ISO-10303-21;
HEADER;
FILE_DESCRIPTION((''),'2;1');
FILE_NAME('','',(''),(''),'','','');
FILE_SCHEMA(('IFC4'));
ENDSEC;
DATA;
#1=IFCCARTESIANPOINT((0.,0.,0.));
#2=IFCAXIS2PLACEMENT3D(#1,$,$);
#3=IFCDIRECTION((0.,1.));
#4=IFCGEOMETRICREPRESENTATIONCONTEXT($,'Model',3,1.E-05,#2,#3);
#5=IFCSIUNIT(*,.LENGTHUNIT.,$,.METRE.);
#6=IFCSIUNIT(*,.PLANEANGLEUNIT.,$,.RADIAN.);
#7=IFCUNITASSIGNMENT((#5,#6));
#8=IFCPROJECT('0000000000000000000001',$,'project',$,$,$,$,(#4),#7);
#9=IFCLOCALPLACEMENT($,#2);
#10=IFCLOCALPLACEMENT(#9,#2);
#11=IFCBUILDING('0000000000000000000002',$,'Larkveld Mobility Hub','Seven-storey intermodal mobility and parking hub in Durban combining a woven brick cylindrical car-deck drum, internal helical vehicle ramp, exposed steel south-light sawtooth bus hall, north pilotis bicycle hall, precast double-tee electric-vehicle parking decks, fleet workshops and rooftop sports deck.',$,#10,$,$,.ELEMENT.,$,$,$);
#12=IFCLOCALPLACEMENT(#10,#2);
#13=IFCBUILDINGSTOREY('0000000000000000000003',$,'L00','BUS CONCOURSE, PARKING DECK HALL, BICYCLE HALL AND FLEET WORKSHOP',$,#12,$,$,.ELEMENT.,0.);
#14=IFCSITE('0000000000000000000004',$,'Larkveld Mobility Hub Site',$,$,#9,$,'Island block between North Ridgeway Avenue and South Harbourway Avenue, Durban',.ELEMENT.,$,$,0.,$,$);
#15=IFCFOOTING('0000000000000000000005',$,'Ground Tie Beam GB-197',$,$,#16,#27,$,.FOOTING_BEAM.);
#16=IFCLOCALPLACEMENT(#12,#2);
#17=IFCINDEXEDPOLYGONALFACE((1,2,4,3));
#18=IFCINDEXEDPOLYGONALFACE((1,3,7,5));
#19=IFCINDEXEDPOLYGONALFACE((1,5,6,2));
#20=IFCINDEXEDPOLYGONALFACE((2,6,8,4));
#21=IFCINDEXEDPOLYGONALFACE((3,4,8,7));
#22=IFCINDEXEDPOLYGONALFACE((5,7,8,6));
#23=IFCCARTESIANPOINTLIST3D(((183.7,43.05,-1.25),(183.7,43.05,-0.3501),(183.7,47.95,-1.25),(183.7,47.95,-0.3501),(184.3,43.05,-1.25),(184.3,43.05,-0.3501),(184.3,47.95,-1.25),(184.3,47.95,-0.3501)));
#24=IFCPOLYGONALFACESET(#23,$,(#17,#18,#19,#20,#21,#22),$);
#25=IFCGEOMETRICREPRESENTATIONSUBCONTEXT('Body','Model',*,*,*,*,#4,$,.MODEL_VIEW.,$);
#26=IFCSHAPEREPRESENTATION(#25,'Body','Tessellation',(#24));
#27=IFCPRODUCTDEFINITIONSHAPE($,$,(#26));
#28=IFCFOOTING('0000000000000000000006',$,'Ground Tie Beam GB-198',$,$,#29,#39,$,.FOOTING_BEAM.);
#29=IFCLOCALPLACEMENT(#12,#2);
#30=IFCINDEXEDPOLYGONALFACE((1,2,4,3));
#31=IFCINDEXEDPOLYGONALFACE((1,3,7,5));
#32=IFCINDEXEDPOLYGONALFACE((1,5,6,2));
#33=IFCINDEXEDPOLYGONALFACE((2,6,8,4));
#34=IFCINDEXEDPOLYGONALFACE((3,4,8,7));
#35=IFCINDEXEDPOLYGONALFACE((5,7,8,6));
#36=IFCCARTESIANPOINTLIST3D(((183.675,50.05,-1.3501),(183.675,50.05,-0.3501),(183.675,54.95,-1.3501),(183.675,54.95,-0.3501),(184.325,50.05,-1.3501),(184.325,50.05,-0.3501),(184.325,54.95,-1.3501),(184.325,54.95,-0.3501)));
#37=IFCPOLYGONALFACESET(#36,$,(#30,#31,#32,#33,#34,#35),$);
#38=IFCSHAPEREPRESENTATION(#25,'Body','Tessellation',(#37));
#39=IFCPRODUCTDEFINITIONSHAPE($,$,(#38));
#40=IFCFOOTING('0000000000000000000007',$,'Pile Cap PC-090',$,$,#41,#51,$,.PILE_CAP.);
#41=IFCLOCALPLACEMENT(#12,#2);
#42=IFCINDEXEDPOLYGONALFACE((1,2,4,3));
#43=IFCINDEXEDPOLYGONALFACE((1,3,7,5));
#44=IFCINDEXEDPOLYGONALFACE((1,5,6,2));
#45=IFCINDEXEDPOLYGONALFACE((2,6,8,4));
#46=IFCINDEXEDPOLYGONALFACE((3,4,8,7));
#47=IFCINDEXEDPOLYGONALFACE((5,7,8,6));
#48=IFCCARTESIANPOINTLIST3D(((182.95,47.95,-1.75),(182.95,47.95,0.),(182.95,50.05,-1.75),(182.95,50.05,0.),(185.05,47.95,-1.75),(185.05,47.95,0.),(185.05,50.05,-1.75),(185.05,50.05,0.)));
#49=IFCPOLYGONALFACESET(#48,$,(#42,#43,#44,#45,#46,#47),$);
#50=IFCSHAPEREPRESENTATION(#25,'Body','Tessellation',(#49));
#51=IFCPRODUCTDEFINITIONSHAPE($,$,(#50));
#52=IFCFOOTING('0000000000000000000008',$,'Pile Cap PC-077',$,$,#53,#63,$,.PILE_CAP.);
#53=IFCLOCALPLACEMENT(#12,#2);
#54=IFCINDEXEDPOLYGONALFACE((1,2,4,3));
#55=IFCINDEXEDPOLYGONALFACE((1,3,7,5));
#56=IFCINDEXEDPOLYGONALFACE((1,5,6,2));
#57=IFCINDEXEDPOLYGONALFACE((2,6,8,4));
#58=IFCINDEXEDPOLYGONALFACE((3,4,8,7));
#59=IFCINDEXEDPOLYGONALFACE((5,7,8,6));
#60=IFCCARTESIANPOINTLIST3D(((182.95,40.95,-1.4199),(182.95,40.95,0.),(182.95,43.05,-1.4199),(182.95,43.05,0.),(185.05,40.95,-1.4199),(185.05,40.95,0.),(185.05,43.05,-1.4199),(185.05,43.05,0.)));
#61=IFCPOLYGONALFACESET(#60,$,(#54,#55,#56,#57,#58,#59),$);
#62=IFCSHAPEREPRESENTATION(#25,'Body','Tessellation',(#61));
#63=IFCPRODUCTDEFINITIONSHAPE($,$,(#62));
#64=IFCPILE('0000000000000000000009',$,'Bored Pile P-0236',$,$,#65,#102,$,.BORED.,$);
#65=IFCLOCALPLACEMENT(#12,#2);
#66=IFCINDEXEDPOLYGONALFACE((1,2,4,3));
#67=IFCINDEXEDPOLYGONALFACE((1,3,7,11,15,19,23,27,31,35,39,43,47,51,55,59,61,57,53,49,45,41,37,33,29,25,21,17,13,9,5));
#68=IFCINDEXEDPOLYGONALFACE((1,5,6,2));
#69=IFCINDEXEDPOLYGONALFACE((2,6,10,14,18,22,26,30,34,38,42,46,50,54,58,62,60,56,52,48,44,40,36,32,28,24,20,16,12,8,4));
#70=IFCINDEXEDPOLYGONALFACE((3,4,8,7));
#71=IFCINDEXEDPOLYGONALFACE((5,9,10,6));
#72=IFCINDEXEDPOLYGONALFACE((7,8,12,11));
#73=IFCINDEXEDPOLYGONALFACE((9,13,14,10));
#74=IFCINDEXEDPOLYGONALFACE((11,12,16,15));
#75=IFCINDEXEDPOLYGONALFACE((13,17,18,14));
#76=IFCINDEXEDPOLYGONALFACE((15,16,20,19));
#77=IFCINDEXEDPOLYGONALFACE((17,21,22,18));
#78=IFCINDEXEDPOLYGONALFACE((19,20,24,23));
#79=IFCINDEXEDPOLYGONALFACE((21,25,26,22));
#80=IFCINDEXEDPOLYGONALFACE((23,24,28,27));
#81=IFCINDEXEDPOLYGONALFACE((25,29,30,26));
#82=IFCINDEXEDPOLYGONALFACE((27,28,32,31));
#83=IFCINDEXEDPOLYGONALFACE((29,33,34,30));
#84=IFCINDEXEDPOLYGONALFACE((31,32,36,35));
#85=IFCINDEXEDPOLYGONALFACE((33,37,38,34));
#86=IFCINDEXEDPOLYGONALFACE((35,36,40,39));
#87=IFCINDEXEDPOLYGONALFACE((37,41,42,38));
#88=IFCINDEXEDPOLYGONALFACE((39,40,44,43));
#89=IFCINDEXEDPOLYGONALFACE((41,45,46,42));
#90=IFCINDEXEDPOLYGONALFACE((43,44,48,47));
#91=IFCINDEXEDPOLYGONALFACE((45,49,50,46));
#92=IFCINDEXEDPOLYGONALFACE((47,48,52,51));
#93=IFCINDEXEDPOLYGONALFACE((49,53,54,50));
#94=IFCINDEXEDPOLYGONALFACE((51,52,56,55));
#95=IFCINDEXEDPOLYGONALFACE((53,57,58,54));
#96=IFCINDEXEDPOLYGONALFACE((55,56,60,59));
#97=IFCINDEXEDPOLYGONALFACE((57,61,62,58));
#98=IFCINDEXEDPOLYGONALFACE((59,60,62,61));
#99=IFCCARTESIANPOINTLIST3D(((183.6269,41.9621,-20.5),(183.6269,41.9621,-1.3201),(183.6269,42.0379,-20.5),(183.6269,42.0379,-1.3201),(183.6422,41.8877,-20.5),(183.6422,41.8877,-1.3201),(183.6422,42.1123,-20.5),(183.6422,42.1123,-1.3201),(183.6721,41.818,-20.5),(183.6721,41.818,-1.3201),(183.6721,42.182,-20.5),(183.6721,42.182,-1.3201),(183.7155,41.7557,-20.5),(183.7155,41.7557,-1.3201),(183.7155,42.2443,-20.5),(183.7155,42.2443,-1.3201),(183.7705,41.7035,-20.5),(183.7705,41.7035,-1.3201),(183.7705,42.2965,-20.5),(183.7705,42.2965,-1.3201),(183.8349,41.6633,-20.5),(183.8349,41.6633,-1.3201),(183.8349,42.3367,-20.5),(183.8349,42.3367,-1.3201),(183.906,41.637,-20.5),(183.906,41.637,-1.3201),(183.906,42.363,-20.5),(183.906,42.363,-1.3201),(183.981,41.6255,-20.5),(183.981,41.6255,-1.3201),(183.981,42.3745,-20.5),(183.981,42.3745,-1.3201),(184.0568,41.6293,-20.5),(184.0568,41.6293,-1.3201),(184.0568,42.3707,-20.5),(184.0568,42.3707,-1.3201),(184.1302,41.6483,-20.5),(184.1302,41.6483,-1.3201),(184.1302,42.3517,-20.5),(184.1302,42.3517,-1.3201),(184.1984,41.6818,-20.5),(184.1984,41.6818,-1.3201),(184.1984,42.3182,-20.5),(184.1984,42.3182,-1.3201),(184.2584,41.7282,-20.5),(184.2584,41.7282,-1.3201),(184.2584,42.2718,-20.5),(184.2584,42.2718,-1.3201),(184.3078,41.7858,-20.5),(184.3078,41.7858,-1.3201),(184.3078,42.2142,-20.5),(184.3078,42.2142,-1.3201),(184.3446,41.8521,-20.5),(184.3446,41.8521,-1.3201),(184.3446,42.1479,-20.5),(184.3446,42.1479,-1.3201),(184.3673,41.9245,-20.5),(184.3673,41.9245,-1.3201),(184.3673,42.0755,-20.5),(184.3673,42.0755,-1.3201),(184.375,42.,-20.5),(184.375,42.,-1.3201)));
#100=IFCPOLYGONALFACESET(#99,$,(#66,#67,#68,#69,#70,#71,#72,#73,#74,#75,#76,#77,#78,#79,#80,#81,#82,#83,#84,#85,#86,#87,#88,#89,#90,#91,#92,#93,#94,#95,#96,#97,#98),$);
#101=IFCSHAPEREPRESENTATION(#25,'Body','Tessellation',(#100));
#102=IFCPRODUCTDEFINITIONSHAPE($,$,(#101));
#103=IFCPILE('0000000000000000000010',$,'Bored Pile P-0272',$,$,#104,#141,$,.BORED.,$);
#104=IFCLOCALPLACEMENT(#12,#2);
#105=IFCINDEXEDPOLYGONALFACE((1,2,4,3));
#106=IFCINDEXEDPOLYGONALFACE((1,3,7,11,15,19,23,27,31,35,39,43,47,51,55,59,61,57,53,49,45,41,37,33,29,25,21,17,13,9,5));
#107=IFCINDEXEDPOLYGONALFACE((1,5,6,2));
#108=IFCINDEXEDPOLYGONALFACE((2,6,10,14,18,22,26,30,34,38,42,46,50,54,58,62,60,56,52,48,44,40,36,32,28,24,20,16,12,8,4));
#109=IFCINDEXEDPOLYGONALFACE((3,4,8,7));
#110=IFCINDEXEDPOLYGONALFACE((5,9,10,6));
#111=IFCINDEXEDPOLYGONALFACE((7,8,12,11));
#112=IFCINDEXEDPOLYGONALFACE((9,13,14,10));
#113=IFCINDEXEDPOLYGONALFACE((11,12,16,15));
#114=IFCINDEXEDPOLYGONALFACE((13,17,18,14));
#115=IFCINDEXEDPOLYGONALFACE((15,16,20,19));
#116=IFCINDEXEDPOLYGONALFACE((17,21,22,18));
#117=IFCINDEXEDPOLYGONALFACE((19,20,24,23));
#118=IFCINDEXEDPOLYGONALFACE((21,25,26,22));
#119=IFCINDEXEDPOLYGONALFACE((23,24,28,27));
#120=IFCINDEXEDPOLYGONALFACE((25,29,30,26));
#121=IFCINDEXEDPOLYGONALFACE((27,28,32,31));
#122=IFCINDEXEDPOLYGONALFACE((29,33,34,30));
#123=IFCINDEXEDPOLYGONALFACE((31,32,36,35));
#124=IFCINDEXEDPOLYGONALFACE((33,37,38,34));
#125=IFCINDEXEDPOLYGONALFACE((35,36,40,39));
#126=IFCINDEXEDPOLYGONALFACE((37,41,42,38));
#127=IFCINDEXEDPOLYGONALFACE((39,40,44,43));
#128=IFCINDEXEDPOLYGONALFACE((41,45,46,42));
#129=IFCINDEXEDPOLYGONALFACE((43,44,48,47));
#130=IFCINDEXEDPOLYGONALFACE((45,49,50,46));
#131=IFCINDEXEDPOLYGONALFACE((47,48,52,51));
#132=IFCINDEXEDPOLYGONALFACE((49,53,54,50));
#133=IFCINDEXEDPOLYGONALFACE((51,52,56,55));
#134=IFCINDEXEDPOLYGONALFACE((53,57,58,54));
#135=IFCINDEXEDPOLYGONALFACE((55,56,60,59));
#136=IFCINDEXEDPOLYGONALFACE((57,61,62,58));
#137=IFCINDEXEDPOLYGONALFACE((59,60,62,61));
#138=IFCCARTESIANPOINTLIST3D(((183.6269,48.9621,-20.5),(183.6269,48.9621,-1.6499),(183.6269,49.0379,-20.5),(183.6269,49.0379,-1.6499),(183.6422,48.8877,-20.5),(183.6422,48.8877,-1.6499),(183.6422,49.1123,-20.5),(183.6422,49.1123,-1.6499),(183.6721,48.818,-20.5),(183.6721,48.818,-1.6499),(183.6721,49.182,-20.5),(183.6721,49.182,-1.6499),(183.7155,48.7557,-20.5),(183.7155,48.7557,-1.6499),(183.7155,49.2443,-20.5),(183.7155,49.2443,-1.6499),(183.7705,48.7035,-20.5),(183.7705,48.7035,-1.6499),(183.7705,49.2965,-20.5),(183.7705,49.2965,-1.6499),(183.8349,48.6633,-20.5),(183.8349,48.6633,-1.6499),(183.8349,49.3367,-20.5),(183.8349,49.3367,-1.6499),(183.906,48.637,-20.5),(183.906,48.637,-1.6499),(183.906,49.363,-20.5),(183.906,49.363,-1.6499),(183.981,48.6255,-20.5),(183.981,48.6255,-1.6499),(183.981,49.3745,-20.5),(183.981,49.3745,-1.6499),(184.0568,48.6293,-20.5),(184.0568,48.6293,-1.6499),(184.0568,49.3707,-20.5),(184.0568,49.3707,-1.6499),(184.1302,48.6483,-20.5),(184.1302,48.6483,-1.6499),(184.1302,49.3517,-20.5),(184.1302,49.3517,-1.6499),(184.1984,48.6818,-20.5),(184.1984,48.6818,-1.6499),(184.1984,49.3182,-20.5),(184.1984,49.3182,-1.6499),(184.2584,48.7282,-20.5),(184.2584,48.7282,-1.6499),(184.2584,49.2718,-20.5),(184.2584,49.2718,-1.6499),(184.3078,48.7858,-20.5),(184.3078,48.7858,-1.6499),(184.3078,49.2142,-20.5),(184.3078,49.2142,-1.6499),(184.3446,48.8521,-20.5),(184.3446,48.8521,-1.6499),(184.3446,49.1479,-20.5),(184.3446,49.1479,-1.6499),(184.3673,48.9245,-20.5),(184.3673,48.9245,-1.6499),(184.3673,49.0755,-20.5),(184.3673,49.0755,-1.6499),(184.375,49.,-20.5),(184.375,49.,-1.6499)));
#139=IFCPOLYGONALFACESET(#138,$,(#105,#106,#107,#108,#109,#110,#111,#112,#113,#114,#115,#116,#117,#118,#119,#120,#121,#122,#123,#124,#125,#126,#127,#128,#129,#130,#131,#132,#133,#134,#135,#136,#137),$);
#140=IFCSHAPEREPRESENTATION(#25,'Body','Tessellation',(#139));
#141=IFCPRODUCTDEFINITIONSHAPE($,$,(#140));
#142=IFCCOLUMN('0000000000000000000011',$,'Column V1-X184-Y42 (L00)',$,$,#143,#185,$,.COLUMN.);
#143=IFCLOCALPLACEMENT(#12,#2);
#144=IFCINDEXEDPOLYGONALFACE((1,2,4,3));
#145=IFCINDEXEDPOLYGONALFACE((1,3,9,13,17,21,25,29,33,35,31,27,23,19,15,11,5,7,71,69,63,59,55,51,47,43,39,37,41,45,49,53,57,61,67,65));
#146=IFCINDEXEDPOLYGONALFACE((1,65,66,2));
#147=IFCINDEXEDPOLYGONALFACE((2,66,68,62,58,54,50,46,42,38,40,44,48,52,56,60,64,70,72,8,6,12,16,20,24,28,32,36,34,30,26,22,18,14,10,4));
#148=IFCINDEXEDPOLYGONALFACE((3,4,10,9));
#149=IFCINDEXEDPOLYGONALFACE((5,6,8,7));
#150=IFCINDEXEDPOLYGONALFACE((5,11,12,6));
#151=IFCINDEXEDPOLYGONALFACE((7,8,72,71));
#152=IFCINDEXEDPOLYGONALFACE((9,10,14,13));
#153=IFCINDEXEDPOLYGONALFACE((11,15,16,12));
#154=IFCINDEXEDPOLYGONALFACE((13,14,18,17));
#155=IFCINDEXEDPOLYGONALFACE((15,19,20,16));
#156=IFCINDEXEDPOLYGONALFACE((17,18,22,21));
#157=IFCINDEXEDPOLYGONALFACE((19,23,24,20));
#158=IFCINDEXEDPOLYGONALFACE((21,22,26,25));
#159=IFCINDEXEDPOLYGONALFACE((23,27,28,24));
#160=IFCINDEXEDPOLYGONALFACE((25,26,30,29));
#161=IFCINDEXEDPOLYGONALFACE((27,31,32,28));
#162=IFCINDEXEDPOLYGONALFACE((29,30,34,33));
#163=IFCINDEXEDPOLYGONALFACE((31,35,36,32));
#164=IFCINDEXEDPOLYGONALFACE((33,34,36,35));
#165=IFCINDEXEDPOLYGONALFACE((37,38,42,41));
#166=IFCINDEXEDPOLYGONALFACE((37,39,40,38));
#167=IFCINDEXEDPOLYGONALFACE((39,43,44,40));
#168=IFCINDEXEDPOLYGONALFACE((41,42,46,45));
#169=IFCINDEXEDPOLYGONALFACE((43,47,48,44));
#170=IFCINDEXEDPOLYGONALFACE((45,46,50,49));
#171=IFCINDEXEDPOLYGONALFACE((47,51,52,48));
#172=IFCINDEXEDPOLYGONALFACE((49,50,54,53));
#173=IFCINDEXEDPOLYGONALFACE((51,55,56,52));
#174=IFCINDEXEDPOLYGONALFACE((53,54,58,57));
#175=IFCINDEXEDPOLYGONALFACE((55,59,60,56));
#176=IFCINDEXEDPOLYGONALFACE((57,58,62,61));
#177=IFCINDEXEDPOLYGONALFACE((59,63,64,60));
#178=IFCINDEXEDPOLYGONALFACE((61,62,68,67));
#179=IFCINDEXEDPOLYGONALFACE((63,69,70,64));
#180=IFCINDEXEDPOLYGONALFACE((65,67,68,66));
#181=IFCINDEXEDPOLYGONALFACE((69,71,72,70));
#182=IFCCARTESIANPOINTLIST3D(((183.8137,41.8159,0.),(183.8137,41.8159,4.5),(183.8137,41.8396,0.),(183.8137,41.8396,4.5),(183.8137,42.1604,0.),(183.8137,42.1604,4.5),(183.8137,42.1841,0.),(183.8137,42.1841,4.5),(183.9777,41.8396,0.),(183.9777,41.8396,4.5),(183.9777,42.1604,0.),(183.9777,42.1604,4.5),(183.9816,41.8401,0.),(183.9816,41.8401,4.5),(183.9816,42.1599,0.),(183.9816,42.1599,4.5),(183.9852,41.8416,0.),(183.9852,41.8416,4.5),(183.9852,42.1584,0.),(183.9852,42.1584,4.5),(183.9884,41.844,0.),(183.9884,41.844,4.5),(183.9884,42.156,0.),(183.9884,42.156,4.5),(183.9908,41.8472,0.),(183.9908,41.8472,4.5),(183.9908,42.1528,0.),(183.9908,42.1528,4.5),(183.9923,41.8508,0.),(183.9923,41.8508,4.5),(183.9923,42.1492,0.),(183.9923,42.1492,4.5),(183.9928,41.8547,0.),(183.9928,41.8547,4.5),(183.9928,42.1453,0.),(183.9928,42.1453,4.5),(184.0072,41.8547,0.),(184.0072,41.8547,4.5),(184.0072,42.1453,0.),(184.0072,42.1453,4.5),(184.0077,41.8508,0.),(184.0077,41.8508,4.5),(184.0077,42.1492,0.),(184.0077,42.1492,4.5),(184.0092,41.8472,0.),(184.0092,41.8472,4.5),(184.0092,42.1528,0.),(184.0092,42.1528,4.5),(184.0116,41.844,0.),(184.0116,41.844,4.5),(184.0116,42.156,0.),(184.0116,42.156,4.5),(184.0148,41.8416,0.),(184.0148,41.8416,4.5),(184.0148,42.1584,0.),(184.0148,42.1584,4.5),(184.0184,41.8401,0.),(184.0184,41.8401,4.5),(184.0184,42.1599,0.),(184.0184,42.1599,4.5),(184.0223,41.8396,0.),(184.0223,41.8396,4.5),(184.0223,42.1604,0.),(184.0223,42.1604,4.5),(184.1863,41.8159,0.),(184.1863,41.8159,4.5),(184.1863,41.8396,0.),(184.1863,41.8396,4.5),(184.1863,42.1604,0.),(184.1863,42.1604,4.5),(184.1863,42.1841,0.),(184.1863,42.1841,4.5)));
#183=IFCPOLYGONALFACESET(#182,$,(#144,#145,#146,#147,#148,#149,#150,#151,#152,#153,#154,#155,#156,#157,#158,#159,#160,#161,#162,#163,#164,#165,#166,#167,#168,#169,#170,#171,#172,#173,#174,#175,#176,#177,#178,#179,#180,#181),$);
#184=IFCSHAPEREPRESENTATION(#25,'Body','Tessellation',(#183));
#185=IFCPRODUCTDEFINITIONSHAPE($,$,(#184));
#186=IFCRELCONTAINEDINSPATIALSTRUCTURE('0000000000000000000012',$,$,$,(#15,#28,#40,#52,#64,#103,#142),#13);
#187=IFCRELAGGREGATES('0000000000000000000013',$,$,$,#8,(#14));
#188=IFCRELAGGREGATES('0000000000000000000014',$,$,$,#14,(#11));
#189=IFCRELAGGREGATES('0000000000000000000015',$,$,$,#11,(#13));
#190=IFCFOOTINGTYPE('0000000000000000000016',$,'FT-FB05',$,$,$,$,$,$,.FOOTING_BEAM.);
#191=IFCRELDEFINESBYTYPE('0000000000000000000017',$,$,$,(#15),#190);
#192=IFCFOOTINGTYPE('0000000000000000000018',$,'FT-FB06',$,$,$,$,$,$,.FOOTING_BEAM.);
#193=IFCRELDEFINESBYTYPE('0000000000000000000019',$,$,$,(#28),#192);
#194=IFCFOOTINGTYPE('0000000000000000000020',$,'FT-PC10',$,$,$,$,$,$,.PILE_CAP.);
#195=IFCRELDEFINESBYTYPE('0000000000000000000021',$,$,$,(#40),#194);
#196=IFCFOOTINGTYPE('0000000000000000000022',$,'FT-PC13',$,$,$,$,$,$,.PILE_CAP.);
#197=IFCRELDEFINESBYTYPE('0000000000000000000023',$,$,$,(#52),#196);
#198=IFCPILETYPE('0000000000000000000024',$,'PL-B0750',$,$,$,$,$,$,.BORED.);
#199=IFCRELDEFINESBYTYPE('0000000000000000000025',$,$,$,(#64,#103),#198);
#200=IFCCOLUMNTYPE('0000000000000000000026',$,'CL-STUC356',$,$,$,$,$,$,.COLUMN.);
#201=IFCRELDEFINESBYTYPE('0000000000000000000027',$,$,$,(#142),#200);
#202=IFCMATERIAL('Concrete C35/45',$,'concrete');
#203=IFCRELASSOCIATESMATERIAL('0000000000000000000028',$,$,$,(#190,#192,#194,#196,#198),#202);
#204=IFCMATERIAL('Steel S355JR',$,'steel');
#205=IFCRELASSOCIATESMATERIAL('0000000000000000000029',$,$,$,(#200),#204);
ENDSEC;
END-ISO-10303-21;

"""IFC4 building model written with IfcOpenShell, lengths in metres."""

from ifc_helpers import new_model, si_unit, direction, frame, origin, origin_2d, place, context, subcontext, project, spatial, rectangle, circle, i_section, extrude, material, material_profile, profile_set, type_object, element, save


model = new_model("IFC4")

# Units and contexts
model_context = context("Model", 3, precision=1e-05, world=origin(), true_north=direction((0.0, 1.0)))
body_context = subcontext(model_context, "Body", "Model", "MODEL_VIEW")
ifc_project = project(units=[si_unit("LENGTHUNIT", "METRE"), si_unit("PLANEANGLEUNIT", "RADIAN")], contexts=[model_context])

# Site, building, storey
site_placement = place(None, origin())
site = spatial("IfcSite", under=ifc_project, at=site_placement, Name="Larkveld Mobility Hub Site", LongName="Island block between North Ridgeway Avenue and South Harbourway Avenue, Durban", CompositionType="ELEMENT", RefElevation=0.0)
building_placement = place(site_placement, origin())
building = spatial("IfcBuilding", under=site, at=building_placement, Name="Larkveld Mobility Hub", Description="Seven-storey intermodal mobility and parking hub in Durban combining a woven brick cylindrical car-deck drum, internal helical vehicle ramp, exposed steel south-light sawtooth bus hall, north pilotis bicycle hall, precast double-tee electric-vehicle parking decks, fleet workshops and rooftop sports deck.", CompositionType="ELEMENT")
storey_placement = place(building_placement, origin())
storey = spatial("IfcBuildingStorey", under=building, at=storey_placement, Name="L00", Description="BUS CONCOURSE, PARKING DECK HALL, BICYCLE HALL AND FLEET WORKSHOP", CompositionType="ELEMENT", Elevation=0.0)

# Footings
ifc_material_1 = material(Name="Concrete C35/45", Category="concrete")
ifc_material_profile_1 = material_profile(ifc_material_1, rectangle(XDim=0.6001, YDim=0.8999, at=origin_2d()), Name="RC BM 600x900")
ifc_profile_set_1 = profile_set([ifc_material_profile_1], Name="Concrete C35/45")
footing_type_1 = type_object("IfcFootingType", Name="FT-FB05", PredefinedType="FOOTING_BEAM", material=ifc_profile_set_1)
footing_1_placement = place(storey_placement, frame((184.0, 43.05, -0.8), z_axis=(0.0, 1.0, 0.0), x_axis=(-1.0, 0.0, 0.0)))
element("IfcFooting", 1, at=footing_1_placement, inside=storey, type_object=footing_type_1, Name="Ground Tie Beam GB-197", PredefinedType="FOOTING_BEAM", context=body_context, shape_type="SweptSolid", body=[
    extrude(rectangle(XDim=0.6001, YDim=0.8999, at=origin_2d()), origin(), (0.0, 0.0, 1.0), 4.8999),
])
ifc_material_profile_2 = material_profile(ifc_material_1, rectangle(XDim=0.6499, YDim=1.0, at=origin_2d()), Name="RC BM 650x1000")
ifc_profile_set_2 = profile_set([ifc_material_profile_2], Name="Concrete C35/45")
footing_type_2 = type_object("IfcFootingType", Name="FT-FB06", PredefinedType="FOOTING_BEAM", material=ifc_profile_set_2)
footing_2_placement = place(storey_placement, frame((184.0, 50.05, -0.8501), z_axis=(0.0, 1.0, 0.0), x_axis=(-1.0, 0.0, 0.0)))
element("IfcFooting", 2, at=footing_2_placement, inside=storey, type_object=footing_type_2, Name="Ground Tie Beam GB-198", PredefinedType="FOOTING_BEAM", context=body_context, shape_type="SweptSolid", body=[
    extrude(rectangle(XDim=0.6499, YDim=1.0, at=origin_2d()), origin(), (0.0, 0.0, 1.0), 4.8999),
])
footing_type_3 = type_object("IfcFootingType", Name="FT-PC10", PredefinedType="PILE_CAP", material=ifc_material_1)
footing_3_placement = place(storey_placement, frame((184.0, 49.0, -1.75), z_axis=(0.0, 0.0, 1.0), x_axis=(1.0, 0.0, 0.0)))
element("IfcFooting", 3, at=footing_3_placement, inside=storey, type_object=footing_type_3, Name="Pile Cap PC-090", PredefinedType="PILE_CAP", context=body_context, shape_type="SweptSolid", body=[
    extrude(rectangle(XDim=2.1001, YDim=2.1001, at=origin_2d()), origin(), (0.0, 0.0, 1.0), 1.75),
])
footing_type_4 = type_object("IfcFootingType", Name="FT-PC13", PredefinedType="PILE_CAP", material=ifc_material_1)
footing_4_placement = place(storey_placement, frame((184.0, 42.0, -1.4199), z_axis=(0.0, 0.0, 1.0), x_axis=(1.0, 0.0, 0.0)))
element("IfcFooting", 4, at=footing_4_placement, inside=storey, type_object=footing_type_4, Name="Pile Cap PC-077", PredefinedType="PILE_CAP", context=body_context, shape_type="SweptSolid", body=[
    extrude(rectangle(XDim=2.1001, YDim=2.1001, at=origin_2d()), origin(), (0.0, 0.0, 1.0), 1.4199),
])

# Piles
ifc_material_profile_3 = material_profile(ifc_material_1, circle(Radius=0.375, at=origin_2d()), Name="PILE D750")
ifc_profile_set_3 = profile_set([ifc_material_profile_3], Name="Concrete C35/45")
pile_type = type_object("IfcPileType", Name="PL-B0750", PredefinedType="BORED", material=ifc_profile_set_3)
pile_1_placement = place(storey_placement, frame((184.0, 42.0, -1.3201), z_axis=(0.0, 0.0, -1.0), x_axis=(1.0, 0.0, 0.0)))
element("IfcPile", 5, at=pile_1_placement, inside=storey, type_object=pile_type, Name="Bored Pile P-0236", PredefinedType="BORED", context=body_context, shape_type="SweptSolid", body=[
    extrude(circle(Radius=0.375, at=origin_2d()), origin(), (0.0, 0.0, 1.0), 19.1799),
])
pile_2_placement = place(storey_placement, frame((184.0, 49.0, -1.6499), z_axis=(0.0, 0.0, -1.0), x_axis=(1.0, 0.0, 0.0)))
element("IfcPile", 6, at=pile_2_placement, inside=storey, type_object=pile_type, Name="Bored Pile P-0272", PredefinedType="BORED", context=body_context, shape_type="SweptSolid", body=[
    extrude(circle(Radius=0.375, at=origin_2d()), origin(), (0.0, 0.0, 1.0), 18.8501),
])

# Column
ifc_material_2 = material(Name="Steel S355JR", Category="steel")
ifc_material_profile_4 = material_profile(ifc_material_2, i_section(OverallWidth=0.3726, OverallDepth=0.3682, WebThickness=0.0144, FlangeThickness=0.0237, FilletRadius=0.0151, at=origin_2d()), Name="UC 356x368x177")
ifc_profile_set_4 = profile_set([ifc_material_profile_4], Name="Steel S355JR")
column_type = type_object("IfcColumnType", Name="CL-STUC356", PredefinedType="COLUMN", material=ifc_profile_set_4)
for number, where, z_axis, x_axis, name in (
    (7, (184.0, 42.0, 0.0), (0.0, 0.0, 1.0), (1.0, 0.0, 0.0), "Column V1-X184-Y42 (L00)"),
):
    element("IfcColumn", number, at=place(storey_placement, frame(where, z_axis=z_axis, x_axis=x_axis)), inside=storey, type_object=column_type, Name=name, PredefinedType="COLUMN", context=body_context, shape_type="SweptSolid", body=[
        extrude(i_section(OverallWidth=0.3726, OverallDepth=0.3682, WebThickness=0.0144, FlangeThickness=0.0237, FilletRadius=0.0151, at=origin_2d()), origin(), (0.0, 0.0, 1.0), 4.5),
    ])

save(model, "model.ifc")
